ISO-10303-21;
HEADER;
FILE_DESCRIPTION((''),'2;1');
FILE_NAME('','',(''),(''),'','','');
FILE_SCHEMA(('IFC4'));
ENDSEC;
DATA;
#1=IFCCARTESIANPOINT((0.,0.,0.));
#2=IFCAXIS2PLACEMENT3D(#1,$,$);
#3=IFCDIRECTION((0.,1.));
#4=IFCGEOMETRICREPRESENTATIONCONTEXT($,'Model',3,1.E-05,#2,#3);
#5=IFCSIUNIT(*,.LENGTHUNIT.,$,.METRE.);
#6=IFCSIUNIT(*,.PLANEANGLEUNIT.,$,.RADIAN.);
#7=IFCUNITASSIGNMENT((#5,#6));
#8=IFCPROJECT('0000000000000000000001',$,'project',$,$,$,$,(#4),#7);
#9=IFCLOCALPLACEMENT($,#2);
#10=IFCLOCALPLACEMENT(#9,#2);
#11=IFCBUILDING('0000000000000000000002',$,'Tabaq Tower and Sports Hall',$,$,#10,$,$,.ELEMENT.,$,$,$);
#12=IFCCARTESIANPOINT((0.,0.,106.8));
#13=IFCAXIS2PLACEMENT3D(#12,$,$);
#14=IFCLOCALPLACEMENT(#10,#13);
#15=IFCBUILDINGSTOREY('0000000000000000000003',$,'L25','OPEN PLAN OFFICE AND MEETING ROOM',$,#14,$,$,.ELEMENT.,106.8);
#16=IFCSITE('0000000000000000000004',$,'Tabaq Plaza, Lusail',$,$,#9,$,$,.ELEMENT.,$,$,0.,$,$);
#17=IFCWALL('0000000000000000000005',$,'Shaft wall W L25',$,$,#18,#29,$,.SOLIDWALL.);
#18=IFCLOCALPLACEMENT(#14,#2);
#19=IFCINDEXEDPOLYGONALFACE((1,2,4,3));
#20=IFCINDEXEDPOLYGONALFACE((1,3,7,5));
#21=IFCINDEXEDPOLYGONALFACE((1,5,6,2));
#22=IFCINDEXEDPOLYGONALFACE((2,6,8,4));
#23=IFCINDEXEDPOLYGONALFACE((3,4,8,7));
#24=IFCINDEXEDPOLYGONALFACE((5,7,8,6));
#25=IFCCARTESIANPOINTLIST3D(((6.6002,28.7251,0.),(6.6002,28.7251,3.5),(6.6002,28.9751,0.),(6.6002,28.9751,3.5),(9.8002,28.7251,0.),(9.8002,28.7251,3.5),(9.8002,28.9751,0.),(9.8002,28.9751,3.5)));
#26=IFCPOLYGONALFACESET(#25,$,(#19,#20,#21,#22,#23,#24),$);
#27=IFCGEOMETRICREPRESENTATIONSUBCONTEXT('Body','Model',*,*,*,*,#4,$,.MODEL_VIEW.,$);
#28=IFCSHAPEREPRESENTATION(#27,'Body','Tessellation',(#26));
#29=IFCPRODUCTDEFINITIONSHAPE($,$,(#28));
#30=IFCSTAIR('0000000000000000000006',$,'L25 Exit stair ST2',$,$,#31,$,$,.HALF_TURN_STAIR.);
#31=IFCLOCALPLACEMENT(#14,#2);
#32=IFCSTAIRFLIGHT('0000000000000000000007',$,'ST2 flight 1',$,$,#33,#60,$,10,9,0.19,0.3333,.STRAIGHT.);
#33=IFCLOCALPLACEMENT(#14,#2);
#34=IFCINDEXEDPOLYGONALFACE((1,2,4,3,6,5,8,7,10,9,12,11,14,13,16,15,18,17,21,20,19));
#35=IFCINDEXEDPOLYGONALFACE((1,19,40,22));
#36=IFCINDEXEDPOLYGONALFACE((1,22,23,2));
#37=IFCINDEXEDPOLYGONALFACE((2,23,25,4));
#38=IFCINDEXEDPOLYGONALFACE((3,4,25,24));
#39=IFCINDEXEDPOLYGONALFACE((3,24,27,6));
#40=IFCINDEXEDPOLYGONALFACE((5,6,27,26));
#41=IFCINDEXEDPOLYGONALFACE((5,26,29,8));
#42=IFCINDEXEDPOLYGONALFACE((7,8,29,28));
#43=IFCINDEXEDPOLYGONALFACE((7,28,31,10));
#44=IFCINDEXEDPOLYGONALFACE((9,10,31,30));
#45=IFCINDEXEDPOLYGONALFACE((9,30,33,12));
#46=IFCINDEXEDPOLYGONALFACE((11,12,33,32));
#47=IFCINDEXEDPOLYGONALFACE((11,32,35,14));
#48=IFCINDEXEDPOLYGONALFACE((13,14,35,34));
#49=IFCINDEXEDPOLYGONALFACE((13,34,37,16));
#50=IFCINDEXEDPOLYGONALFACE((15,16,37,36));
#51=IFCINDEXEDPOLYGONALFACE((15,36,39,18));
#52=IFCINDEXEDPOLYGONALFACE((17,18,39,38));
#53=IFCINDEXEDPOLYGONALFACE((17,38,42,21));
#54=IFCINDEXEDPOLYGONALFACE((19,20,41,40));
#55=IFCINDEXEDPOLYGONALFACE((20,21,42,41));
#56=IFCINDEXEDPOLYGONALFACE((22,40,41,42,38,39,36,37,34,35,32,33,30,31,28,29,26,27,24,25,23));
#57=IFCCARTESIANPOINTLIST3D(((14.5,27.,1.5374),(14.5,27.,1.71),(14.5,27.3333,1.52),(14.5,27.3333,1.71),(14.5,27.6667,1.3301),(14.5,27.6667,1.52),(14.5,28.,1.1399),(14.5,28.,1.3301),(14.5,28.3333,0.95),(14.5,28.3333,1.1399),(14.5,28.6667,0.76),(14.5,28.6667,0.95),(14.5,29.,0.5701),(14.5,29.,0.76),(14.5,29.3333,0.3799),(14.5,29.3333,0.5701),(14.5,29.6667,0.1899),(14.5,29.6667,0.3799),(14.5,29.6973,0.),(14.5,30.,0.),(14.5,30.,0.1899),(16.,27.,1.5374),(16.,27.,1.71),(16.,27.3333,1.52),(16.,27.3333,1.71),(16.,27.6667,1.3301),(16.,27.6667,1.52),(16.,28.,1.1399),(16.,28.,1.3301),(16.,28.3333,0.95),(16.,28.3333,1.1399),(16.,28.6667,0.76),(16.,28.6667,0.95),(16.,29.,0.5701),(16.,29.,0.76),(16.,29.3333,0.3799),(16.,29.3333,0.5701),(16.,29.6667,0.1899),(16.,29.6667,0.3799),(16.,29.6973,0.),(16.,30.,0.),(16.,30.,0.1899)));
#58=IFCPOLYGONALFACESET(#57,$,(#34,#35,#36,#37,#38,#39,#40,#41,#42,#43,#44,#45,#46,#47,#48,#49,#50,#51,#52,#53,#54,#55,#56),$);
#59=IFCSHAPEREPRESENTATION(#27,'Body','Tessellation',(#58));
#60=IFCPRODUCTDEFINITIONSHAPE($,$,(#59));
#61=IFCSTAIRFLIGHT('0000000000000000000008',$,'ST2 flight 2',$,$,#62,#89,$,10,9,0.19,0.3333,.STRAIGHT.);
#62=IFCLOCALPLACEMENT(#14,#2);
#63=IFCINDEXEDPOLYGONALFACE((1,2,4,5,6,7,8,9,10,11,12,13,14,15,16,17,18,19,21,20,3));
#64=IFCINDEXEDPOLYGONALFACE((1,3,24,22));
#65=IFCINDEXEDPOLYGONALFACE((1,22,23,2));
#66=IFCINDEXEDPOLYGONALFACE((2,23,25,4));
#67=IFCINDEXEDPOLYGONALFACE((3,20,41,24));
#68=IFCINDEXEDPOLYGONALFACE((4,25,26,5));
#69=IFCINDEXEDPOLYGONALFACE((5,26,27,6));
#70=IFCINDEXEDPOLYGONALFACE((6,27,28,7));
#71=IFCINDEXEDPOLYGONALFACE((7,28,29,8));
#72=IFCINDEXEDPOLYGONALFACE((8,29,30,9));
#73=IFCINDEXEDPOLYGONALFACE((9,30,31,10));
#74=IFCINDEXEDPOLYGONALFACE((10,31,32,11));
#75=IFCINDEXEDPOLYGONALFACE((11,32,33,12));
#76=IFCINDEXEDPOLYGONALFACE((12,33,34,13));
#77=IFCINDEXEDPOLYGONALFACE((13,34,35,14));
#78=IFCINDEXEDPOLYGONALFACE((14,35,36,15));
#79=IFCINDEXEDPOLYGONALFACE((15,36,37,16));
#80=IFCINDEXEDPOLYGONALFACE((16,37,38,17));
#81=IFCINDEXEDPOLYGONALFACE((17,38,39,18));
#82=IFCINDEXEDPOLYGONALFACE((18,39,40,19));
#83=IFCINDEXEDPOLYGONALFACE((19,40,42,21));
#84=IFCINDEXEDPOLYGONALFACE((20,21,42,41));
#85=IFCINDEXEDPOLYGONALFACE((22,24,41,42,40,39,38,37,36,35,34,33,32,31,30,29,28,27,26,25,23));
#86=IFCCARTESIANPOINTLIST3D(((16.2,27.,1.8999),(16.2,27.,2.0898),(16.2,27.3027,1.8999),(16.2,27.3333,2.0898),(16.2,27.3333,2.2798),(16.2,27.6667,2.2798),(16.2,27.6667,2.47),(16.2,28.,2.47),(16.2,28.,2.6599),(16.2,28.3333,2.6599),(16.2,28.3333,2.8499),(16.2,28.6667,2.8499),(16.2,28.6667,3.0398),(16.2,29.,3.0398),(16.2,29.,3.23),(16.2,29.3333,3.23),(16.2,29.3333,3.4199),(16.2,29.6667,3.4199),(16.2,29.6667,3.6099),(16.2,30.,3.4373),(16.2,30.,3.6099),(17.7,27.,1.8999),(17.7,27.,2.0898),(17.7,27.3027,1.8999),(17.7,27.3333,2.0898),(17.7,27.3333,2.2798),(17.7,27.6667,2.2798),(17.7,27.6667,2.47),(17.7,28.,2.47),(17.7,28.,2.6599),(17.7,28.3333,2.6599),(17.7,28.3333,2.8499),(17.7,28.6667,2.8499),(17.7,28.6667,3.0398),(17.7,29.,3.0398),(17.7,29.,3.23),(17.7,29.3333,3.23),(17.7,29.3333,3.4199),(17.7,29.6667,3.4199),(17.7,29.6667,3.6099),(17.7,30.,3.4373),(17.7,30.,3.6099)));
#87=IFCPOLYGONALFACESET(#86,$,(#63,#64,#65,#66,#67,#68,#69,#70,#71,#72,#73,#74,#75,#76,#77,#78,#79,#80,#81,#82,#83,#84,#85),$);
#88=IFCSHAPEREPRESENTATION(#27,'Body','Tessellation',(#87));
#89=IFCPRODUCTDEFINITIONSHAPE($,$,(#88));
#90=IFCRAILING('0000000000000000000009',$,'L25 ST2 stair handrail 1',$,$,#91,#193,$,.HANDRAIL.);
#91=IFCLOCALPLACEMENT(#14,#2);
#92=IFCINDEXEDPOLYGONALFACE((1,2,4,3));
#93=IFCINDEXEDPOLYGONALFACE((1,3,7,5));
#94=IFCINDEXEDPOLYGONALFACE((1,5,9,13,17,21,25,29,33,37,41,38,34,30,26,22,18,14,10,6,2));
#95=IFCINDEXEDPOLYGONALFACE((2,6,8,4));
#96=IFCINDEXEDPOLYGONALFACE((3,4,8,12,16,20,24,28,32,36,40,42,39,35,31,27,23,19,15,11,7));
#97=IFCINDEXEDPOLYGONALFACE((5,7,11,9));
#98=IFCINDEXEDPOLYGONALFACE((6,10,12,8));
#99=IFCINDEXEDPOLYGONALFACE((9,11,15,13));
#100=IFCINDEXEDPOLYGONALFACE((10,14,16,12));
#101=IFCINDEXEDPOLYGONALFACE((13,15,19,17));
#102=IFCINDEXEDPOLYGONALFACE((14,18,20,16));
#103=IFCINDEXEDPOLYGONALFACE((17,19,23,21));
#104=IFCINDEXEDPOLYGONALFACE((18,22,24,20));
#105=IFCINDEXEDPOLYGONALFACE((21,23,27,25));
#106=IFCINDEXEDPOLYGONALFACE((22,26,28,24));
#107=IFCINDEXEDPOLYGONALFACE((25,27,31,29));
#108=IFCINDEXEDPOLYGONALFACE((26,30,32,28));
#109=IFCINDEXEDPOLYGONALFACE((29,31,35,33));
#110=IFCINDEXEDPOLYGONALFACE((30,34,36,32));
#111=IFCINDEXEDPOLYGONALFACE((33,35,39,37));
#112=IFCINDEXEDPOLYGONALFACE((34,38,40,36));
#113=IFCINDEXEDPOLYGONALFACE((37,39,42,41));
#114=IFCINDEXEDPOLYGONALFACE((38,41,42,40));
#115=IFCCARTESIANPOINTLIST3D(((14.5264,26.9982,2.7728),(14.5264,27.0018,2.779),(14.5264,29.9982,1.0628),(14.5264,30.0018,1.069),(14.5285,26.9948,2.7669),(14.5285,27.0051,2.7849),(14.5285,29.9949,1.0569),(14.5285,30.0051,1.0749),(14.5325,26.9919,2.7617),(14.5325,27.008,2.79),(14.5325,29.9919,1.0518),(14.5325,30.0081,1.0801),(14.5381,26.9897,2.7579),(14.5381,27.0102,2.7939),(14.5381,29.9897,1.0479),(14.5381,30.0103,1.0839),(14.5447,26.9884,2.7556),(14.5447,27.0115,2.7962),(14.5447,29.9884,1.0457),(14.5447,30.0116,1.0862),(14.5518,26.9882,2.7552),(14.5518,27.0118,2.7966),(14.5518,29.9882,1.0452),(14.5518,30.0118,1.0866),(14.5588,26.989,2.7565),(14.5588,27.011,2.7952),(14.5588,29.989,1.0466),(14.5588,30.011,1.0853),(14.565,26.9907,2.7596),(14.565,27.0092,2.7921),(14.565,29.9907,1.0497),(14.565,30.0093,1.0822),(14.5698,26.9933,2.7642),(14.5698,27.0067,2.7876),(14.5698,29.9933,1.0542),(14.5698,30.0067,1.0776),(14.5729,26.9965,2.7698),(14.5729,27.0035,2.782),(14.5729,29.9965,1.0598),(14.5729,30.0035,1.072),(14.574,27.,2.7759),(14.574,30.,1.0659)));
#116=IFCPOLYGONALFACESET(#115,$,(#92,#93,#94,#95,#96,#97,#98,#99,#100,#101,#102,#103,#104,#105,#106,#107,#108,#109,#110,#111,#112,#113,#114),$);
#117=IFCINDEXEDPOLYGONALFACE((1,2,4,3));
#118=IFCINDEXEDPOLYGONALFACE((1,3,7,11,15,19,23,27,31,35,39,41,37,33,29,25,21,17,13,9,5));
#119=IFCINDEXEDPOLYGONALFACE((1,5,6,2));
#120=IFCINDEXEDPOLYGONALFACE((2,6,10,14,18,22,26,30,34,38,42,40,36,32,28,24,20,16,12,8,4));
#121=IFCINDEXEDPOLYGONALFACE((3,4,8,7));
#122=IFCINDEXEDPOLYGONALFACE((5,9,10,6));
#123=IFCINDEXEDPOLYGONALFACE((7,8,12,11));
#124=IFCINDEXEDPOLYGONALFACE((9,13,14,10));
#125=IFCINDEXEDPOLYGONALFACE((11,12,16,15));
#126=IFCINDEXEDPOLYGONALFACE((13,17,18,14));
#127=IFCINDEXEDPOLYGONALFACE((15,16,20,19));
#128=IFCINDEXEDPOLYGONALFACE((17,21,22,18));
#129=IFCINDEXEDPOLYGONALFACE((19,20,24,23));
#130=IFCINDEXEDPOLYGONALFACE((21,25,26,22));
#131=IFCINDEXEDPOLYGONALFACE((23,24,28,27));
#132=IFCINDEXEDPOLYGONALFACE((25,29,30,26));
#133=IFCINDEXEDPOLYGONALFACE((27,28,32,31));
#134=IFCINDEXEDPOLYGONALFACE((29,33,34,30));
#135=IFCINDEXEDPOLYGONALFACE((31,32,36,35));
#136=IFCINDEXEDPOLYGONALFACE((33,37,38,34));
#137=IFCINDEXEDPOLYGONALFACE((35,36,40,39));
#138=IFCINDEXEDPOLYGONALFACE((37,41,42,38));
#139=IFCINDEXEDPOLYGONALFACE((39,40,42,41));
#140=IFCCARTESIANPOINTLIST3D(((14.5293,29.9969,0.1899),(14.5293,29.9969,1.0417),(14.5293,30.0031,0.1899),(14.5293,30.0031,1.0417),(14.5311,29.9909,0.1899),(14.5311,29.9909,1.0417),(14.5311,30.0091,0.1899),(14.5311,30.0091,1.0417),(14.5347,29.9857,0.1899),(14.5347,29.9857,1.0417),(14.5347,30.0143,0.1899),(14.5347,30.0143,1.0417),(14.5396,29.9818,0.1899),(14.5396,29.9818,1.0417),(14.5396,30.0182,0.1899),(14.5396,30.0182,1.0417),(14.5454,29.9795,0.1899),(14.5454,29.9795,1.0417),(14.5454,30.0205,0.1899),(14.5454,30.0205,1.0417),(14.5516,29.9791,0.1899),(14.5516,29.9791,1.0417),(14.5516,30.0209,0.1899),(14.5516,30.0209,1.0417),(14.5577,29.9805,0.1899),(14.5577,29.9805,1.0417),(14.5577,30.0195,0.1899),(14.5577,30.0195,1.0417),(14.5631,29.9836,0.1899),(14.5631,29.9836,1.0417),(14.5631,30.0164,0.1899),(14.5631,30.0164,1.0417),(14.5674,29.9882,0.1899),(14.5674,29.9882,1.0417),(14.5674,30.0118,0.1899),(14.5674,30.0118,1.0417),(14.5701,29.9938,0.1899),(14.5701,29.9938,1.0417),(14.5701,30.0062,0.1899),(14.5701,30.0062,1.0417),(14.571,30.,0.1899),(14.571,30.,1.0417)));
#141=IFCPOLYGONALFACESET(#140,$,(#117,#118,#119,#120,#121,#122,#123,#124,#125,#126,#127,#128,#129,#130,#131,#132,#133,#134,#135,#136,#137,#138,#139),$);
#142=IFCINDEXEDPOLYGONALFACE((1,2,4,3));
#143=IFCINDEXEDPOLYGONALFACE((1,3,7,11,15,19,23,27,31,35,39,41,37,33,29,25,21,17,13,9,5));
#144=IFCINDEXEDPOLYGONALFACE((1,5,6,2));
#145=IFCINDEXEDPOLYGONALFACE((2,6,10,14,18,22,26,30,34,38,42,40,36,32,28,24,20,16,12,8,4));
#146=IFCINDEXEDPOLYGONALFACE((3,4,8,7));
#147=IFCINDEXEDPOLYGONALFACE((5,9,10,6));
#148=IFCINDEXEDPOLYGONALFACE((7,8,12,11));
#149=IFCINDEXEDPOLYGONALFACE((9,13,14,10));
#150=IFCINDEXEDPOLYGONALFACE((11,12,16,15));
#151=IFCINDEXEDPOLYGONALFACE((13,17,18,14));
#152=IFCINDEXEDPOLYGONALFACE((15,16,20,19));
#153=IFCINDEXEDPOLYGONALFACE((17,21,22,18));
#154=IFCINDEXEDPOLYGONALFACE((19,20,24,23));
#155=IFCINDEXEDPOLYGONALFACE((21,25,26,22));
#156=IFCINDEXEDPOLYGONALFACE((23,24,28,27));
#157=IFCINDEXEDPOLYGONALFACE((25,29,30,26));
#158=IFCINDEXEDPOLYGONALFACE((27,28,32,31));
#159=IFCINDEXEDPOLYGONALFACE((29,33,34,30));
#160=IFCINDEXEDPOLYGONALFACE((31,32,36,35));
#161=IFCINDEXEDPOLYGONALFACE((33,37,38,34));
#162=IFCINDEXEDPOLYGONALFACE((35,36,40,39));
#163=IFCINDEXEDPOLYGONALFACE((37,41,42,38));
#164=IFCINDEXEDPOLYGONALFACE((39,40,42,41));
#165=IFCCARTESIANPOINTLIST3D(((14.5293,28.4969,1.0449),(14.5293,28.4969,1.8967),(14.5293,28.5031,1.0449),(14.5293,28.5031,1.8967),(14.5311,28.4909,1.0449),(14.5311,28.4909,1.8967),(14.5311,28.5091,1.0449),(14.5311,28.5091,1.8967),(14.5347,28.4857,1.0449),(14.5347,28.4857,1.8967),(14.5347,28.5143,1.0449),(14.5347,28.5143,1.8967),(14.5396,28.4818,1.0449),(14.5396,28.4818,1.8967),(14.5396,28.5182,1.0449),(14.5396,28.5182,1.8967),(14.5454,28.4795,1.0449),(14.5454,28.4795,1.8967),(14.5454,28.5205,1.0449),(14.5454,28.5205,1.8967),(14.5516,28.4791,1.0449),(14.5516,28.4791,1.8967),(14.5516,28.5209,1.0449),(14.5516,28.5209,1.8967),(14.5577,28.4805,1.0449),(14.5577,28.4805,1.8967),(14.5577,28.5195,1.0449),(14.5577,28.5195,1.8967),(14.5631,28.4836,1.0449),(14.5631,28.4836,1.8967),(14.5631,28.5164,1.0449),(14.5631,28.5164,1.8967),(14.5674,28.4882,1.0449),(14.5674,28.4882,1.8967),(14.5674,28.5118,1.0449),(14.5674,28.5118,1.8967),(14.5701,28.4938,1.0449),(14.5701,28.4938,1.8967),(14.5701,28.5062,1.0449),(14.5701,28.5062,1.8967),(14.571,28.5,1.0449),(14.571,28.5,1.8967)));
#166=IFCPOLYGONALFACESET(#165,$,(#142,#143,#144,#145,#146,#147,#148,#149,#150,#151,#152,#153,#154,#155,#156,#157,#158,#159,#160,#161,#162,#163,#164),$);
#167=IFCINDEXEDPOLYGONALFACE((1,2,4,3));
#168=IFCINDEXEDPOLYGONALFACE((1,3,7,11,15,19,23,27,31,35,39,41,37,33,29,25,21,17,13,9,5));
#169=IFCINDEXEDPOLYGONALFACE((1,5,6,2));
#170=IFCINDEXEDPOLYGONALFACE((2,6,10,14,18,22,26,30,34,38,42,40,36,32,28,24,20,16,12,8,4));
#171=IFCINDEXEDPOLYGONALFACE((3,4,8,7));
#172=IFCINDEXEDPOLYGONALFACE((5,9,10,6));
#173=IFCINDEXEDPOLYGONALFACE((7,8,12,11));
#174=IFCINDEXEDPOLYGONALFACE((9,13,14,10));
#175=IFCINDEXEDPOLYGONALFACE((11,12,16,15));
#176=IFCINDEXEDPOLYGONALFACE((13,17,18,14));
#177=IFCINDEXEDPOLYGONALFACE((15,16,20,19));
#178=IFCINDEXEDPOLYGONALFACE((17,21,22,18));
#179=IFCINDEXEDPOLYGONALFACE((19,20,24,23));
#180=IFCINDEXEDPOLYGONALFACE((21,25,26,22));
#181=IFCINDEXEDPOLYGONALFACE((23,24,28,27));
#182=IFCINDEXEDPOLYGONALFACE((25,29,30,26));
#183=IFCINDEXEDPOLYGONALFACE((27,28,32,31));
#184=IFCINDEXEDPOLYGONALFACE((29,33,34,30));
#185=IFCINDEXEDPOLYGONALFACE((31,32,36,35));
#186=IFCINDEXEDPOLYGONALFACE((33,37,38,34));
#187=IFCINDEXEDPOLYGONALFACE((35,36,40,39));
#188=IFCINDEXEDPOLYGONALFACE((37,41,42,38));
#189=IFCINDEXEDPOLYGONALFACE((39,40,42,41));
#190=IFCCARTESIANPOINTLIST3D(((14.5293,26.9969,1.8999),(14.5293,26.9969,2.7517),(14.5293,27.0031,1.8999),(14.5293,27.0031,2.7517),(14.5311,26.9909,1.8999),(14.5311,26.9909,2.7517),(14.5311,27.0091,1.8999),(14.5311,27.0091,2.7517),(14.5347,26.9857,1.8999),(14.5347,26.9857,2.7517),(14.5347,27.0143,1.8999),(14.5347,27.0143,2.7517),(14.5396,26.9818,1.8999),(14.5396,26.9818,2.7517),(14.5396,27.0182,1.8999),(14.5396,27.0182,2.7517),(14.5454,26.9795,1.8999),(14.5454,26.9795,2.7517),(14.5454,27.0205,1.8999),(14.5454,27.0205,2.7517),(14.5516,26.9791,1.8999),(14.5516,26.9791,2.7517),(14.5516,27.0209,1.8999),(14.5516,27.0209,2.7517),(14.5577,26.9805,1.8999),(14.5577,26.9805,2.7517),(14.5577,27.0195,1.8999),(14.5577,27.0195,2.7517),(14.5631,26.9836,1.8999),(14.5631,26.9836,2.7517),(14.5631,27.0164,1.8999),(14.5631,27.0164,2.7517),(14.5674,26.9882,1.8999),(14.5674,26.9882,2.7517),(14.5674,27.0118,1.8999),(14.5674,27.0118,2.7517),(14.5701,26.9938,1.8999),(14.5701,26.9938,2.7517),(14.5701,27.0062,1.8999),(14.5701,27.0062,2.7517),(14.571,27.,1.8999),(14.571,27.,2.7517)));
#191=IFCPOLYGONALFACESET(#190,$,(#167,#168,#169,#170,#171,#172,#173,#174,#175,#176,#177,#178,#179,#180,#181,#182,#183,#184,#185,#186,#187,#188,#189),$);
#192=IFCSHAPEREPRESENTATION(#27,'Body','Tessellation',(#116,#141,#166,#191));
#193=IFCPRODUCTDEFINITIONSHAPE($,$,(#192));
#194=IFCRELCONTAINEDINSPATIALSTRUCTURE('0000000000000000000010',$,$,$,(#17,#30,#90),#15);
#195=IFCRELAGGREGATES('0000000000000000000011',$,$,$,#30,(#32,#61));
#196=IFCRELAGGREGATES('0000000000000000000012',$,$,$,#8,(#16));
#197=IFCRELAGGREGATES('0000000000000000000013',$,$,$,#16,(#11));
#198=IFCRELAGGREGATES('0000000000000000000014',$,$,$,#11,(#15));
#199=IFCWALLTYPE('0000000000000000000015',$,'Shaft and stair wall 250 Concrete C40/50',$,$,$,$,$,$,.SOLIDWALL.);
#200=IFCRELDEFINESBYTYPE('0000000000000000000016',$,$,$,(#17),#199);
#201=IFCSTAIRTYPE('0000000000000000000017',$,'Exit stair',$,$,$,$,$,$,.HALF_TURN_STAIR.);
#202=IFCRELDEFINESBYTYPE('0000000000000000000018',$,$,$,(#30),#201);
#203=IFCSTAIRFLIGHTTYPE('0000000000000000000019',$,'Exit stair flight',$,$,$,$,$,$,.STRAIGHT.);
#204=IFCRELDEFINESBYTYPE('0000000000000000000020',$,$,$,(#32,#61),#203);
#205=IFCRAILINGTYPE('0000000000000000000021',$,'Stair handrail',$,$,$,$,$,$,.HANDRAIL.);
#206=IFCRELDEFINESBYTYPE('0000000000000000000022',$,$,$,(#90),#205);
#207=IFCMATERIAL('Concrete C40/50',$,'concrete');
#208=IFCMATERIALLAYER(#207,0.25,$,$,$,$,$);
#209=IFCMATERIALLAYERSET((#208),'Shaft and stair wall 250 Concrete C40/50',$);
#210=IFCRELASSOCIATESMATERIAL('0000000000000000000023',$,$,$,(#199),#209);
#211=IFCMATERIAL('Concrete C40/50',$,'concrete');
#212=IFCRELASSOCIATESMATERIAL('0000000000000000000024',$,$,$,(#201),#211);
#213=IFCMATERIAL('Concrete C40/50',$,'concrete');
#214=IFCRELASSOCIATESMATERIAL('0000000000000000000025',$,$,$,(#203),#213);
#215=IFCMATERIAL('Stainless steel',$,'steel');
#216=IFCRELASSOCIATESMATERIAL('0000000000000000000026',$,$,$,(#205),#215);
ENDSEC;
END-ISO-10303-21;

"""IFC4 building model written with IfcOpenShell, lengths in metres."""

from ifc_helpers import new_model, si_unit, direction, frame, frame_2d, origin, origin_2d, place, context, subcontext, project, spatial, polyline, rectangle, circle, outline, extrude, material, layer, layer_set, type_object, element, aggregate, save


model = new_model("IFC4")

# Units and contexts
model_context = context("Model", 3, precision=1e-05, world=origin(), true_north=direction((0.0, 1.0)))
body_context = subcontext(model_context, "Body", "Model", "MODEL_VIEW")
ifc_project = project(units=[si_unit("LENGTHUNIT", "METRE"), si_unit("PLANEANGLEUNIT", "RADIAN")], contexts=[model_context])

# Site, building, storey
site_placement = place(None, origin())
site = spatial("IfcSite", under=ifc_project, at=site_placement, Name="Tabaq Plaza, Lusail", CompositionType="ELEMENT", RefElevation=0.0)
building_placement = place(site_placement, origin())
building = spatial("IfcBuilding", under=site, at=building_placement, Name="Tabaq Tower and Sports Hall", CompositionType="ELEMENT")
storey_placement = place(building_placement, frame((0.0, 0.0, 106.8)))
storey = spatial("IfcBuildingStorey", under=building, at=storey_placement, Name="L25", Description="OPEN PLAN OFFICE AND MEETING ROOM", CompositionType="ELEMENT", Elevation=106.8)

# Shared definitions
ifc_material_1 = material(Name="Concrete C40/50", Category="concrete")
ifc_layer_1 = layer(ifc_material_1, 0.25)
ifc_layer_set_1 = layer_set([ifc_layer_1], Name="Shaft and stair wall 250 Concrete C40/50")
wall_type_1 = type_object("IfcWallType", Name="Shaft and stair wall 250 Concrete C40/50", PredefinedType="SOLIDWALL", material=ifc_layer_set_1)

# Wall
wall_1_placement = place(storey_placement, frame((6.6001, 28.8501, 0.0), z_axis=(0.0, 0.0, 1.0), x_axis=(1.0, 0.0, 0.0)))
element("IfcWall", 1, at=wall_1_placement, inside=storey, type_object=wall_type_1, Name="Shaft wall W L25", PredefinedType="SOLIDWALL", context=body_context, shape_type="SweptSolid", body=[
    extrude(rectangle(XDim=3.2, YDim=0.25, at=frame_2d((1.6001, 0.0))), origin(), (0.0, 0.0, 1.0), 3.5),
])

# Stair, stair flights
ifc_material_2 = material(Name="Concrete C40/50", Category="concrete")
stair_type = type_object("IfcStairType", Name="Exit stair", PredefinedType="HALF_TURN_STAIR", material=ifc_material_2)
stair_placement = place(storey_placement, origin())
stair = element("IfcStair", 2, at=stair_placement, inside=storey, type_object=stair_type, Name="L25 Exit stair ST2", PredefinedType="HALF_TURN_STAIR")
ifc_material_3 = material(Name="Concrete C40/50", Category="concrete")
stair_flight_type = type_object("IfcStairFlightType", Name="Exit stair flight", PredefinedType="STRAIGHT", material=ifc_material_3)
stair_flight_1_placement = place(storey_placement, frame((15.25, 30.0, 0.0), z_axis=(0.0, 0.0, 1.0), x_axis=(0.0, -1.0, 0.0)))
stair_flight_1 = element("IfcStairFlight", 3, at=stair_flight_1_placement, type_object=stair_flight_type, Name="ST2 flight 1", NumberOfRisers=10, NumberOfTreads=9, PredefinedType="STRAIGHT", RiserHeight=0.19, TreadLength=0.3333, context=body_context, shape_type="SweptSolid", body=[
    extrude(outline(polyline([(0.0, 0.0), (0.0, 0.1899), (0.3333, 0.1899), (0.3333, 0.3799), (0.6667, 0.3799), (0.6667, 0.5701), (1.0, 0.5701), (1.0, 0.76), (1.3333, 0.76), (1.3333, 0.95), (1.6667, 0.95), (1.6667, 1.1399), (2.0, 1.1399), (2.0, 1.3301), (2.3333, 1.3301), (2.3333, 1.52), (2.6667, 1.52), (2.6667, 1.71), (3.0, 1.71), (3.0, 1.8999), (3.0, 1.5374), (0.3027, 0.0), (0.0, 0.0)])), frame((0.0, 0.75, 0.0), z_axis=(0.0, -1.0, 0.0), x_axis=(1.0, 0.0, 0.0)), (0.0, 0.0, 1.0), 1.5),
])
stair_flight_2_placement = place(storey_placement, frame((16.95, 27.0, 1.8999), z_axis=(0.0, 0.0, 1.0), x_axis=(0.0, 1.0, 0.0)))
stair_flight_2 = element("IfcStairFlight", 4, at=stair_flight_2_placement, type_object=stair_flight_type, Name="ST2 flight 2", NumberOfRisers=10, NumberOfTreads=9, PredefinedType="STRAIGHT", RiserHeight=0.19, TreadLength=0.3333, context=body_context, shape_type="SweptSolid", body=[
    extrude(outline(polyline([(0.0, 0.0), (0.0, 0.1899), (0.3333, 0.1899), (0.3333, 0.3799), (0.6667, 0.3799), (0.6667, 0.5701), (1.0, 0.5701), (1.0, 0.76), (1.3333, 0.76), (1.3333, 0.95), (1.6667, 0.95), (1.6667, 1.1399), (2.0, 1.1399), (2.0, 1.3301), (2.3333, 1.3301), (2.3333, 1.52), (2.6667, 1.52), (2.6667, 1.71), (3.0, 1.71), (3.0, 1.8999), (3.0, 1.5374), (0.3027, 0.0), (0.0, 0.0)])), frame((0.0, 0.75, 0.0), z_axis=(0.0, -1.0, 0.0), x_axis=(1.0, 0.0, 0.0)), (0.0, 0.0, 1.0), 1.5),
])
aggregate(stair, [stair_flight_1, stair_flight_2])

# Railing
ifc_material_4 = material(Name="Stainless steel", Category="steel")
railing_type_1 = type_object("IfcRailingType", Name="Stair handrail", PredefinedType="HANDRAIL", material=ifc_material_4)
railing_1_placement = place(storey_placement, frame((14.55, 30.0, 0.1899)))
element("IfcRailing", 5, at=railing_1_placement, inside=storey, type_object=railing_type_1, Name="L25 ST2 stair handrail 1", PredefinedType="HANDRAIL", context=body_context, shape_type="SweptSolid", body=[
    extrude(circle(Radius=0.0239, at=origin_2d()), frame((0.0, 0.0, 0.876), z_axis=(0.0, -0.868782, 0.495195), x_axis=(1.0, 0.0, 0.0)), (0.0, 0.0, 1.0), 3.4531),
    extrude(circle(Radius=0.021, at=origin_2d()), origin(), (0.0, 0.0, 1.0), 0.8518),
    extrude(circle(Radius=0.021, at=origin_2d()), frame((0.0, -1.5, 0.855)), (0.0, 0.0, 1.0), 0.8518),
    extrude(circle(Radius=0.021, at=origin_2d()), frame((0.0, -3.0, 1.71)), (0.0, 0.0, 1.0), 0.8518),
])

save(model, "model.ifc")
